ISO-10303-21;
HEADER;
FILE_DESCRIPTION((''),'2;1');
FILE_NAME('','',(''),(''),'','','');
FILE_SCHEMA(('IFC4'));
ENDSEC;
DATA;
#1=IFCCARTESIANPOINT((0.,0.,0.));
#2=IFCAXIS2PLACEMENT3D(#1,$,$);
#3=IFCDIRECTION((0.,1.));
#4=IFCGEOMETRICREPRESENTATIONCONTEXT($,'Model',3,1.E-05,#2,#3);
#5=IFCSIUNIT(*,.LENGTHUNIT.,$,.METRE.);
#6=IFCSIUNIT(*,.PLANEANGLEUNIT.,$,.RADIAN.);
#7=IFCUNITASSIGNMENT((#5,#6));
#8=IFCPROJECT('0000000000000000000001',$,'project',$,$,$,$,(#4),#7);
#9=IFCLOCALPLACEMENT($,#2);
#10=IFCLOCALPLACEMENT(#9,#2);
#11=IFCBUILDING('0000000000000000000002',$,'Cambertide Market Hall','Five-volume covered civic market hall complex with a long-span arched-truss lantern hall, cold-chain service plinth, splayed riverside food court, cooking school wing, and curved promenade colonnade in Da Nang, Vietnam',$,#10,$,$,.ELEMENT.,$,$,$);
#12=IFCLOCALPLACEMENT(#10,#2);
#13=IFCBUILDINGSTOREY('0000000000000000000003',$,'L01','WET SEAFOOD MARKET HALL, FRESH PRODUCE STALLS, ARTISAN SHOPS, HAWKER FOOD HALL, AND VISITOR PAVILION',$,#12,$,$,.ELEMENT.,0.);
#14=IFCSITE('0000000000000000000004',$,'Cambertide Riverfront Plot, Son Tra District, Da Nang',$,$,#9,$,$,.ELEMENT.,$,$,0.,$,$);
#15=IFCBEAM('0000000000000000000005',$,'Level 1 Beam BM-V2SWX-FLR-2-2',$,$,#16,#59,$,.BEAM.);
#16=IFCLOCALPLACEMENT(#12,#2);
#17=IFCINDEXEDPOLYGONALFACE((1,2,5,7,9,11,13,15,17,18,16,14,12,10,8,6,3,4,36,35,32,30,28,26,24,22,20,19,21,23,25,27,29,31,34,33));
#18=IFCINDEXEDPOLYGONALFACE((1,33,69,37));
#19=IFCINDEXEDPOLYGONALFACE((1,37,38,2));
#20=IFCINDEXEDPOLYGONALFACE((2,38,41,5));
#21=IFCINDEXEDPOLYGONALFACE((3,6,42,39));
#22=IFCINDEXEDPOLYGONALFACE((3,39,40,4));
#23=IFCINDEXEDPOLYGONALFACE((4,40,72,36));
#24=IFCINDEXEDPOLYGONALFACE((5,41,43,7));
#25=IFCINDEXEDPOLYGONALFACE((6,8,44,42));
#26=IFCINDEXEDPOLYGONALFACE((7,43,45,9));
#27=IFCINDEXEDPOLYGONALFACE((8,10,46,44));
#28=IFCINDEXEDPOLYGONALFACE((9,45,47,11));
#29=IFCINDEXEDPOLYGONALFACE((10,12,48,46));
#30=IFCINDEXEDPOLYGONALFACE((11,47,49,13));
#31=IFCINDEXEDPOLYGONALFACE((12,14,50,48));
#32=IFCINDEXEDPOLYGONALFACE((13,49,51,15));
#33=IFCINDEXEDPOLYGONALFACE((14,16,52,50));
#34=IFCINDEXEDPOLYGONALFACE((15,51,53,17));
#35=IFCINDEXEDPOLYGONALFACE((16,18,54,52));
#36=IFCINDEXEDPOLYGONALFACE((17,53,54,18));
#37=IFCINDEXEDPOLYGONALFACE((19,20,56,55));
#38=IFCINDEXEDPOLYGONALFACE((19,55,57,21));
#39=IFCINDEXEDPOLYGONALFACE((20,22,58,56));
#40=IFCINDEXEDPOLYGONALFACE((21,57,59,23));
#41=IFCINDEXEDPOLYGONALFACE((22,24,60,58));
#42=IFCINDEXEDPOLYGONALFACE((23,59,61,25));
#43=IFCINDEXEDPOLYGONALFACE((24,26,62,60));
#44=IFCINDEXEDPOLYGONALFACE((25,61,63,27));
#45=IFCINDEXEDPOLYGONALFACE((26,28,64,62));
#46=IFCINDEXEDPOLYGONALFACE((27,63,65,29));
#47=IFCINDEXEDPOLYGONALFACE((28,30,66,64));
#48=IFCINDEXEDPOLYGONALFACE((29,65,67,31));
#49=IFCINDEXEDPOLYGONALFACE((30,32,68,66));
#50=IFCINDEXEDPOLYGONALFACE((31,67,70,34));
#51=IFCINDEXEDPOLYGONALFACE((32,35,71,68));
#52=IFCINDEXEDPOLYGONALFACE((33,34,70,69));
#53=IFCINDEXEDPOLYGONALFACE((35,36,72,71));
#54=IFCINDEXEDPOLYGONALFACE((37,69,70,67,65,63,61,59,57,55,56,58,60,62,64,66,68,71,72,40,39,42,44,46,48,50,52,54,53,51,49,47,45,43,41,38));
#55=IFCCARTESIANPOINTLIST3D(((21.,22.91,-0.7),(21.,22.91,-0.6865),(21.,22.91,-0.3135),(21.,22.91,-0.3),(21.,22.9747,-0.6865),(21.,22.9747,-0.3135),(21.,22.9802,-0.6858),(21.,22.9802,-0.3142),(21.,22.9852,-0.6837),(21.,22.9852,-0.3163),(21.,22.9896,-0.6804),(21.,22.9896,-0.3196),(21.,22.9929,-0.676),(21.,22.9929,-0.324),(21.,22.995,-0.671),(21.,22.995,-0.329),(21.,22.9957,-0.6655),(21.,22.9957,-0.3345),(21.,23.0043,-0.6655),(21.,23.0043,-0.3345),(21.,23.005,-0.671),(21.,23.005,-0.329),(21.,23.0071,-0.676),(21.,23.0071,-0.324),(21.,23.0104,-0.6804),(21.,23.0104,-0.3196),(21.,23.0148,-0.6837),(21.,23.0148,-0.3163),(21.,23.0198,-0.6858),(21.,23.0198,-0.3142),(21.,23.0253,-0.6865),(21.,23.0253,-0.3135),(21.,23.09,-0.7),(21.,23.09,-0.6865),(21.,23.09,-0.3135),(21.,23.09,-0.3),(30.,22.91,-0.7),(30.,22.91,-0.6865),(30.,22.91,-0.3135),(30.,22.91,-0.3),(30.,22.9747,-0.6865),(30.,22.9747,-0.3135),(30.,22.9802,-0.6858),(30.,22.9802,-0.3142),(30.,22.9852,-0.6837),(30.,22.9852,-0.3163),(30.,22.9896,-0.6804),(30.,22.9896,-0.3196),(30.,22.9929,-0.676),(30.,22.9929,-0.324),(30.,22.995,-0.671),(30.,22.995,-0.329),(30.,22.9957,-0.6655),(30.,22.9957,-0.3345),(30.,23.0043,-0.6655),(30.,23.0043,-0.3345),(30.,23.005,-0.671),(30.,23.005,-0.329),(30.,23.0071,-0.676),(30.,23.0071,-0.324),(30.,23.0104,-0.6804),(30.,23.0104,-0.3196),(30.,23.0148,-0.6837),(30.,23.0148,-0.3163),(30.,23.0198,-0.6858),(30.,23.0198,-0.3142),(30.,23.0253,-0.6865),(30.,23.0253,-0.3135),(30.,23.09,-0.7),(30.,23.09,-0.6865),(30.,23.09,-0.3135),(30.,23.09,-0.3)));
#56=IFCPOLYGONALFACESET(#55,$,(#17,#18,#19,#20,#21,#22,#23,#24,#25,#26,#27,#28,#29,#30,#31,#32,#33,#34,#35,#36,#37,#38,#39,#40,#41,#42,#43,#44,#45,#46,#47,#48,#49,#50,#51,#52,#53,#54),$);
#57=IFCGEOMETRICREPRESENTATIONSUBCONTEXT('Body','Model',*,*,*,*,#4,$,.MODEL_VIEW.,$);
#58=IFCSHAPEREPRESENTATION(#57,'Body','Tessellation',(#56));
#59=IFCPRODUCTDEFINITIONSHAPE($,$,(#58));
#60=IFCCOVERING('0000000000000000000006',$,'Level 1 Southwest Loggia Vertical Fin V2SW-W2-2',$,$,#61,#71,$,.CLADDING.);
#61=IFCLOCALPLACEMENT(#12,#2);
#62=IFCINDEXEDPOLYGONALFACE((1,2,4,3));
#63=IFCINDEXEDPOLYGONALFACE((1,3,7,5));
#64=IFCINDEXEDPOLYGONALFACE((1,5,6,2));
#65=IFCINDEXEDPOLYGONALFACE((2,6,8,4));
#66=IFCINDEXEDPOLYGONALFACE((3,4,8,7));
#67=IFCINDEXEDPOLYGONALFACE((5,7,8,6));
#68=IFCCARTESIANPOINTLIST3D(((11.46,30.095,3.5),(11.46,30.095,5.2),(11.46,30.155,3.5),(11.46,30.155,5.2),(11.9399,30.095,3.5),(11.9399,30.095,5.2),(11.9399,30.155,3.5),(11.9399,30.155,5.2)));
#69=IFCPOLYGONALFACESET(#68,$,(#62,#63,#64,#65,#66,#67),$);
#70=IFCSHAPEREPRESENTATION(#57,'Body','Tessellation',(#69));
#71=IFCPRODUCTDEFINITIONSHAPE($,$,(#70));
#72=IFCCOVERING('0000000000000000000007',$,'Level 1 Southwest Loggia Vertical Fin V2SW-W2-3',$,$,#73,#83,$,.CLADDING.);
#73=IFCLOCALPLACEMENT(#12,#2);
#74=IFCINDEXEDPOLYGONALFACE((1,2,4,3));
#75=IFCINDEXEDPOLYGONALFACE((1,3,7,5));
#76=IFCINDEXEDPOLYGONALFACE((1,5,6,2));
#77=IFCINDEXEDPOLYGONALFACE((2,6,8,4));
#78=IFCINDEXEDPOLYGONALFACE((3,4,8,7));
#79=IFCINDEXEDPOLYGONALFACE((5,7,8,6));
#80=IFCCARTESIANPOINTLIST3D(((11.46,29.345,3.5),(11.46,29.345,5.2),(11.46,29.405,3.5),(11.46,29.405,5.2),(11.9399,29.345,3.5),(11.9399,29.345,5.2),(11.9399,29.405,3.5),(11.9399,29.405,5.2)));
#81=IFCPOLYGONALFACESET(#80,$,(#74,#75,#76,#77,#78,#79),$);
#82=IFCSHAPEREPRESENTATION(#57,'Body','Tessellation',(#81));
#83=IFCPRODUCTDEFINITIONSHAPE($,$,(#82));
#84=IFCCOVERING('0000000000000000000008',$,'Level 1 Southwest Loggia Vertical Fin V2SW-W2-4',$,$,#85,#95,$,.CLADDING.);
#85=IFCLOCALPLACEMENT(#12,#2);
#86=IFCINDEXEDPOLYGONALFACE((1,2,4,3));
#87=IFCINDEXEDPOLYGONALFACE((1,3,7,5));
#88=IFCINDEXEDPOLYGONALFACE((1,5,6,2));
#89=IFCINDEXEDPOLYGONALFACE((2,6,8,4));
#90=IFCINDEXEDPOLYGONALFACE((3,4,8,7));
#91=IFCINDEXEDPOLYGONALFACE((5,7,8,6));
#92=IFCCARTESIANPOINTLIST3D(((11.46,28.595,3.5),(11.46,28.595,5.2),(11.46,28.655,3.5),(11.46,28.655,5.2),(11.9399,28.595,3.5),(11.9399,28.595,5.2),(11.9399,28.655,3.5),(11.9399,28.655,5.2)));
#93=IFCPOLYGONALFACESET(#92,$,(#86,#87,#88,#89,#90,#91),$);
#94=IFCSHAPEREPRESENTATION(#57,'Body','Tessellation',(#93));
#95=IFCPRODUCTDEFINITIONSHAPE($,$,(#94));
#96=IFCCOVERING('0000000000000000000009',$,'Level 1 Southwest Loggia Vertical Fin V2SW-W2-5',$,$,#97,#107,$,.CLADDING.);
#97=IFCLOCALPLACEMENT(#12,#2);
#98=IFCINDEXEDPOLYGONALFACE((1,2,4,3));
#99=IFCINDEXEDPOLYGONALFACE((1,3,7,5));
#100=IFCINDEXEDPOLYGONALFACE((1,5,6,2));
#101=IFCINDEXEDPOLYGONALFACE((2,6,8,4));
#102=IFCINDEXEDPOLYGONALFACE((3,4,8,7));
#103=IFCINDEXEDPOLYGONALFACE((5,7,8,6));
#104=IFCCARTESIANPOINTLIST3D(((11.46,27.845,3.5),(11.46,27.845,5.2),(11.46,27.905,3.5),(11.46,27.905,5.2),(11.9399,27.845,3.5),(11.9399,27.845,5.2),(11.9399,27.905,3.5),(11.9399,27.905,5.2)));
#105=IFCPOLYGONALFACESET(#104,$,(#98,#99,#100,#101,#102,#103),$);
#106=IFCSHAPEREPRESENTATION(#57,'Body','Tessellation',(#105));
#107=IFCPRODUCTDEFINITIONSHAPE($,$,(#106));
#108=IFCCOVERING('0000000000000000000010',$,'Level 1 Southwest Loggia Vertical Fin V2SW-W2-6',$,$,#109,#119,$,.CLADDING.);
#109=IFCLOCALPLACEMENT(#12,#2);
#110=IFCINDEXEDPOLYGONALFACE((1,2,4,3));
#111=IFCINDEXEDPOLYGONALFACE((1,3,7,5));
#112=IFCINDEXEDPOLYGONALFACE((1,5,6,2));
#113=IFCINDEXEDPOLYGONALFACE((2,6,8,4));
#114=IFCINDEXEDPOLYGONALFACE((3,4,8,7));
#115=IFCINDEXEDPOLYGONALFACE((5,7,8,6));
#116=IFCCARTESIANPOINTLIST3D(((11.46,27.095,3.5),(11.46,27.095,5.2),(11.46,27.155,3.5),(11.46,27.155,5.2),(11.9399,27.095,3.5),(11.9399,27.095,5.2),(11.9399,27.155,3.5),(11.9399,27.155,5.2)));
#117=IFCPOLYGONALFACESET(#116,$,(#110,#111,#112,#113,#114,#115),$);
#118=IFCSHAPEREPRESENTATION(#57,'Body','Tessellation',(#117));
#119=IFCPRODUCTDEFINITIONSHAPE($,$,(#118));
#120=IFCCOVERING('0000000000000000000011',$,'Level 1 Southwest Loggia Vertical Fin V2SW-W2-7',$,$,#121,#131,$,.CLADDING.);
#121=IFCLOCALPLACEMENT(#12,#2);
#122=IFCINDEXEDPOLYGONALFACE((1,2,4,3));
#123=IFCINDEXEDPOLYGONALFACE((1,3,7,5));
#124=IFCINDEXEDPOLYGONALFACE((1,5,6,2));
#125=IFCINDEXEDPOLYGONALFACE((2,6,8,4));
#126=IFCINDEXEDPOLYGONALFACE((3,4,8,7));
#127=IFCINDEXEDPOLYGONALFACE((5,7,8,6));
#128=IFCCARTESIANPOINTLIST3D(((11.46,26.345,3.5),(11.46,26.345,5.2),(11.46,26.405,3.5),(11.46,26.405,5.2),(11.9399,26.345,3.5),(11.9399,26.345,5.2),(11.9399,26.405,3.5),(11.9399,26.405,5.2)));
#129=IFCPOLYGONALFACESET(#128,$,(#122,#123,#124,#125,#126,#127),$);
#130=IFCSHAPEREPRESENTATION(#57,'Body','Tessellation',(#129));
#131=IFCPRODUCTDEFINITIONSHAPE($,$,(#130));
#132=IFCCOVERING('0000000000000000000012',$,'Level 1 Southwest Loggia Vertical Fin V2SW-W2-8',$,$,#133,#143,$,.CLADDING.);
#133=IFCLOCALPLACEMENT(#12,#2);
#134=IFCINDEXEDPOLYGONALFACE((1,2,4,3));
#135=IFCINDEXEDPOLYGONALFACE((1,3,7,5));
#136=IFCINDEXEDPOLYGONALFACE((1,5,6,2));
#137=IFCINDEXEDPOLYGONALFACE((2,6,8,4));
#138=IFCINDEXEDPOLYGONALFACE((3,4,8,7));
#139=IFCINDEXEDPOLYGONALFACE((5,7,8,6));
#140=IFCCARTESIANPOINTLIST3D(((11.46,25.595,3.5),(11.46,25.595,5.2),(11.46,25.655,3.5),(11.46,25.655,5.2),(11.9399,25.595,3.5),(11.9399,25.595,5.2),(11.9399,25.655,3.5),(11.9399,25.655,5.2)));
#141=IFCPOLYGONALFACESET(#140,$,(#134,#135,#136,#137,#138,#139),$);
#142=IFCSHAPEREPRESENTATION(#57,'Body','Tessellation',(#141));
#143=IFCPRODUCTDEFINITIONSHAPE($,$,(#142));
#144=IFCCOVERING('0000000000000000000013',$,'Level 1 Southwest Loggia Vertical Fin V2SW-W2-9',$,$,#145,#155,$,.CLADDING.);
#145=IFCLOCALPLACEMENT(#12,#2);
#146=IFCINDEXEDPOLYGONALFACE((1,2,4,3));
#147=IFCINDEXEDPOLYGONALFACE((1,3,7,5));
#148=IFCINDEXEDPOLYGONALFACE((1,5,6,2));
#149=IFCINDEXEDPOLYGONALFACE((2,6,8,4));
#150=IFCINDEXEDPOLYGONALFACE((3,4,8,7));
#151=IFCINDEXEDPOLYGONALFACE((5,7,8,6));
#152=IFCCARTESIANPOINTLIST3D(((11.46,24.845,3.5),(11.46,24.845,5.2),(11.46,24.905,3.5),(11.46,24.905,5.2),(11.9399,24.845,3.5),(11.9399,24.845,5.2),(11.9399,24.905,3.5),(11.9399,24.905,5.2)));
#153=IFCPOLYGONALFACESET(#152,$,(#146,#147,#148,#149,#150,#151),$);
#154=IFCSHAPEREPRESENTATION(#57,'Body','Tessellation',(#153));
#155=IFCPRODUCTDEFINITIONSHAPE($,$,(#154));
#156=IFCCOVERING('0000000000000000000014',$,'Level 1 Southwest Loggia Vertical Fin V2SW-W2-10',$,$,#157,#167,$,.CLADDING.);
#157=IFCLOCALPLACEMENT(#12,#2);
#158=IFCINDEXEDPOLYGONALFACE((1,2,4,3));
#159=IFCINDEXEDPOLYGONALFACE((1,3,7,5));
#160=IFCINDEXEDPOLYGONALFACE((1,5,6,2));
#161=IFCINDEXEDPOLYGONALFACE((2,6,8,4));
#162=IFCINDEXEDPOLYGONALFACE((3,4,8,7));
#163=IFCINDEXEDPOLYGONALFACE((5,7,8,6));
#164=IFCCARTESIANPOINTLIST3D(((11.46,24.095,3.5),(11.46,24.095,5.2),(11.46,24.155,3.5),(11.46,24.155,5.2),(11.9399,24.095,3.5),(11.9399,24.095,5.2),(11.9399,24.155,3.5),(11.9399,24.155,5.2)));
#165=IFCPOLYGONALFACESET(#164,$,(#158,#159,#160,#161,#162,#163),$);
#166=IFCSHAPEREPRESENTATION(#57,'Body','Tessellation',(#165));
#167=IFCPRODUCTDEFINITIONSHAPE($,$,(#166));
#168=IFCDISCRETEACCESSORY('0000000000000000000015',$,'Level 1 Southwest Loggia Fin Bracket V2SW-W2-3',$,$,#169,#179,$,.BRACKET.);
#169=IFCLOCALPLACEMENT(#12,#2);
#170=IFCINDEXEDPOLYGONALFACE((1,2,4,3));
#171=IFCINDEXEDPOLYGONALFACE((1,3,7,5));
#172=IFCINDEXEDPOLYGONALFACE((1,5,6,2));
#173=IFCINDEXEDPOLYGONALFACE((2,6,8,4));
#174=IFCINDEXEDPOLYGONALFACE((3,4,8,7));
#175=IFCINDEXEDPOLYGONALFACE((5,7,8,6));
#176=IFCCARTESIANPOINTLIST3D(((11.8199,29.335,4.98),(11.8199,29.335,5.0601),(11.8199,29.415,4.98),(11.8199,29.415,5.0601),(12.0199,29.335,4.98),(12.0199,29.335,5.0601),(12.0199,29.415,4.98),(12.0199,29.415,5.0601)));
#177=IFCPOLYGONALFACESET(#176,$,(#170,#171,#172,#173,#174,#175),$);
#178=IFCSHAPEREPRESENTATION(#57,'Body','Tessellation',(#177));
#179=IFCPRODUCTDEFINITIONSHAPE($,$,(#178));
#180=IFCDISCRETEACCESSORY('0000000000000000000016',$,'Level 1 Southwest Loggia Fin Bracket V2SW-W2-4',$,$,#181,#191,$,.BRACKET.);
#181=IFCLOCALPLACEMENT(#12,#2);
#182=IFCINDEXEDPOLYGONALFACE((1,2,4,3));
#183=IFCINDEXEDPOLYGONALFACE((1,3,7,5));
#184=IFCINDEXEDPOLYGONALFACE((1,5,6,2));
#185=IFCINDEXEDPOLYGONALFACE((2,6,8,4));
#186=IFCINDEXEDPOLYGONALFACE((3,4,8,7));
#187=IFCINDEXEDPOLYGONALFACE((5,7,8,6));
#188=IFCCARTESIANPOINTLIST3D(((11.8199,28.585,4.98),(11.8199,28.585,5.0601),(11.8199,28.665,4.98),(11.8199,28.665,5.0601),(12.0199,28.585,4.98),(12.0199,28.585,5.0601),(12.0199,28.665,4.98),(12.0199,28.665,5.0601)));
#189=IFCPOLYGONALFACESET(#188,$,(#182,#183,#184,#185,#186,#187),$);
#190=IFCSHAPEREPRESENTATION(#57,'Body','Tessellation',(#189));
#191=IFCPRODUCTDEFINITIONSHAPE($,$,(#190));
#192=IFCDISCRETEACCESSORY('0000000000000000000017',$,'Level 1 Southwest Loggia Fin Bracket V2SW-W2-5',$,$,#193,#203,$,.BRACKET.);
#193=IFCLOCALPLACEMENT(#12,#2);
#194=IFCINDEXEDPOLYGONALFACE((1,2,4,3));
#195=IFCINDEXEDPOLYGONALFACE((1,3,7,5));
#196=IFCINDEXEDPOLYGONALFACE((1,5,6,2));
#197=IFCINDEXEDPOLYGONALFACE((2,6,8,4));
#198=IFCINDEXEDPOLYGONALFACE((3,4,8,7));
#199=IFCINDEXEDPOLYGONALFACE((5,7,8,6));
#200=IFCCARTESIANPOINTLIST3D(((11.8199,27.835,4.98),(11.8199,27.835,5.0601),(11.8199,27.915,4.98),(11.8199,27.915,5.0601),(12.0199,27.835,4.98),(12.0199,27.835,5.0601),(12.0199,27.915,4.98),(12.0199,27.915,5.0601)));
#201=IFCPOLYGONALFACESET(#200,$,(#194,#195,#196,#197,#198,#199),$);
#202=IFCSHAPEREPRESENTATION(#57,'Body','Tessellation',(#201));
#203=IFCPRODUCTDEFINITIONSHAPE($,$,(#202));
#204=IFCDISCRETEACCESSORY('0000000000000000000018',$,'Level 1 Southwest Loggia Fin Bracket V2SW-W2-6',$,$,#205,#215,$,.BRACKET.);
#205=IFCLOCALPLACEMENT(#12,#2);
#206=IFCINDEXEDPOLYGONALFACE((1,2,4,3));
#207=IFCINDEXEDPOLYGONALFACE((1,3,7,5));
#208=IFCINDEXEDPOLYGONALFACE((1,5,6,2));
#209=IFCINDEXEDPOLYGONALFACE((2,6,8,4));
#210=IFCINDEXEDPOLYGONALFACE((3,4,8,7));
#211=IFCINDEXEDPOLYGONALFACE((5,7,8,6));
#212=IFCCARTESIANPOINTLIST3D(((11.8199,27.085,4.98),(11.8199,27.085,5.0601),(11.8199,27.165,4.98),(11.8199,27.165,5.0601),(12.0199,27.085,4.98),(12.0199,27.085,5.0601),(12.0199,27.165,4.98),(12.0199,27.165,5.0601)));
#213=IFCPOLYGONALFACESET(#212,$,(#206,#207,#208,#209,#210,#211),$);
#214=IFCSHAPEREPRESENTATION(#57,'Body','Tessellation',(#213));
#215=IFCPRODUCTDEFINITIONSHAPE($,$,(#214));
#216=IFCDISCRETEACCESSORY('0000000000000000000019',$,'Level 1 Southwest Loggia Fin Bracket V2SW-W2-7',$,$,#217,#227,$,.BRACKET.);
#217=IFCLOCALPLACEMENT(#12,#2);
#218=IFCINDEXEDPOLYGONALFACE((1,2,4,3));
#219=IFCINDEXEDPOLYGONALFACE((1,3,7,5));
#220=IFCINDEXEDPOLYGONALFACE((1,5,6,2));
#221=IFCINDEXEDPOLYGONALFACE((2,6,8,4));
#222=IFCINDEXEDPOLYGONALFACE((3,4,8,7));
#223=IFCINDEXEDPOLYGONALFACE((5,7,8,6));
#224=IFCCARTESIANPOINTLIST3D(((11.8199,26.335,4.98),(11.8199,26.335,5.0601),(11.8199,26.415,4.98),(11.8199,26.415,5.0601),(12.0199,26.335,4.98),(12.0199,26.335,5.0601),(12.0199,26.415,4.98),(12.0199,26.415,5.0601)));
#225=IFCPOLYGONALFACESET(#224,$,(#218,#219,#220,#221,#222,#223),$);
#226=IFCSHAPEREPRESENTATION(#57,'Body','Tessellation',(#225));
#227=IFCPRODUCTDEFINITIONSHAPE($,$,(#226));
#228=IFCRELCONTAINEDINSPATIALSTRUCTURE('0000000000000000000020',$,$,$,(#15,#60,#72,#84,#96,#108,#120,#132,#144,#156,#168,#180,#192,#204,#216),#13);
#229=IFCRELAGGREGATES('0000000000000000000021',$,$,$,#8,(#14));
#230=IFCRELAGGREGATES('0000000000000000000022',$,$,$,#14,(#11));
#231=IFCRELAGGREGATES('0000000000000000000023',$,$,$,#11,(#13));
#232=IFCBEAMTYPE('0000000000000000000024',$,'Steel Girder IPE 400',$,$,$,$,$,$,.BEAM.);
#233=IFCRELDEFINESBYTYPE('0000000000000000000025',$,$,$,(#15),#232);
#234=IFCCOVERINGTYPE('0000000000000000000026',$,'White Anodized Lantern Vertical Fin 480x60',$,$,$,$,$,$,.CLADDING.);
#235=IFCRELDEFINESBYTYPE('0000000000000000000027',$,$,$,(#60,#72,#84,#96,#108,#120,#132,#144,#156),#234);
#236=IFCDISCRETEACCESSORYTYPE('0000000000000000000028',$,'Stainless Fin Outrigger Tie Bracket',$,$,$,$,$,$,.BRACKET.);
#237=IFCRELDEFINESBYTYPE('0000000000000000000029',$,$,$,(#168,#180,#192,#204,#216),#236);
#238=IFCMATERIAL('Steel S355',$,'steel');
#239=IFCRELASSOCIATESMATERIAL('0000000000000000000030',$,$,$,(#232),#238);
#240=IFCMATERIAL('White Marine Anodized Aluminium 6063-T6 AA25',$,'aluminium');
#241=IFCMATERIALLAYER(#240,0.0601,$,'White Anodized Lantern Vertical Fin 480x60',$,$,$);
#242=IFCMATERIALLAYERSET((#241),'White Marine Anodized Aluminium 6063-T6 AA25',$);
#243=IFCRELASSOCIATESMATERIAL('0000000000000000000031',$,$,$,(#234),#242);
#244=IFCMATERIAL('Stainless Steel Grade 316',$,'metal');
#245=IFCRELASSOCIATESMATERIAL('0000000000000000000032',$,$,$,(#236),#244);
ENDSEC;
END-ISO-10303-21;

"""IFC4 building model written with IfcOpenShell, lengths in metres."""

from ifc_helpers import new_model, si_unit, direction, frame, origin, origin_2d, place, context, subcontext, project, spatial, rectangle, i_section, extrude, material, layer, layer_set, material_profile, profile_set, type_object, element, save


model = new_model("IFC4")

# Units and contexts
model_context = context("Model", 3, precision=1e-05, world=origin(), true_north=direction((0.0, 1.0)))
body_context = subcontext(model_context, "Body", "Model", "MODEL_VIEW")
ifc_project = project(units=[si_unit("LENGTHUNIT", "METRE"), si_unit("PLANEANGLEUNIT", "RADIAN")], contexts=[model_context])

# Site, building, storey
site_placement = place(None, origin())
site = spatial("IfcSite", under=ifc_project, at=site_placement, Name="Cambertide Riverfront Plot, Son Tra District, Da Nang", CompositionType="ELEMENT", RefElevation=0.0)
building_placement = place(site_placement, origin())
building = spatial("IfcBuilding", under=site, at=building_placement, Name="Cambertide Market Hall", Description="Five-volume covered civic market hall complex with a long-span arched-truss lantern hall, cold-chain service plinth, splayed riverside food court, cooking school wing, and curved promenade colonnade in Da Nang, Vietnam", CompositionType="ELEMENT")
storey_placement = place(building_placement, origin())
storey = spatial("IfcBuildingStorey", under=building, at=storey_placement, Name="L01", Description="WET SEAFOOD MARKET HALL, FRESH PRODUCE STALLS, ARTISAN SHOPS, HAWKER FOOD HALL, AND VISITOR PAVILION", CompositionType="ELEMENT", Elevation=0.0)

# Beam
ifc_material_1 = material(Name="Steel S355", Category="steel")
ifc_material_profile_1 = material_profile(ifc_material_1, i_section(OverallWidth=0.1799, OverallDepth=0.3999, WebThickness=0.0085, FlangeThickness=0.0134, FilletRadius=0.021, at=origin_2d()), Name="IPE 400")
ifc_profile_set_1 = profile_set([ifc_material_profile_1], Name="Steel S355")
beam_type_1 = type_object("IfcBeamType", Name="Steel Girder IPE 400", PredefinedType="BEAM", material=ifc_profile_set_1)
for number, where, z_axis, x_axis, name in (
    (1, (21.0, 23.0, -0.5), (1.0, 0.0, 0.0), (0.0, 1.0, 0.0), "Level 1 Beam BM-V2SWX-FLR-2-2"),
):
    element("IfcBeam", number, at=place(storey_placement, frame(where, z_axis=z_axis, x_axis=x_axis)), inside=storey, type_object=beam_type_1, Name=name, PredefinedType="BEAM", context=body_context, shape_type="SweptSolid", body=[
        extrude(i_section(OverallWidth=0.1799, OverallDepth=0.3999, WebThickness=0.0085, FlangeThickness=0.0134, FilletRadius=0.021, at=origin_2d()), origin(), (0.0, 0.0, 1.0), 9.0),
    ])

# Coverings
ifc_material_2 = material(Name="White Marine Anodized Aluminium 6063-T6 AA25", Category="aluminium")
ifc_layer = layer(ifc_material_2, 0.0601, Name="White Anodized Lantern Vertical Fin 480x60")
ifc_layer_set = layer_set([ifc_layer], Name="White Marine Anodized Aluminium 6063-T6 AA25")
covering_type = type_object("IfcCoveringType", Name="White Anodized Lantern Vertical Fin 480x60", PredefinedType="CLADDING", material=ifc_layer_set)
for number, where, z_axis, x_axis, name in (
    (2, (11.7, 30.125, 3.5), (0.0, 0.0, 1.0), (0.0, 1.0, 0.0), "Level 1 Southwest Loggia Vertical Fin V2SW-W2-2"),
    (3, (11.7, 29.375, 3.5), (0.0, 0.0, 1.0), (0.0, 1.0, 0.0), "Level 1 Southwest Loggia Vertical Fin V2SW-W2-3"),
    (4, (11.7, 28.625, 3.5), (0.0, 0.0, 1.0), (0.0, 1.0, 0.0), "Level 1 Southwest Loggia Vertical Fin V2SW-W2-4"),
    (5, (11.7, 27.875, 3.5), (0.0, 0.0, 1.0), (0.0, 1.0, 0.0), "Level 1 Southwest Loggia Vertical Fin V2SW-W2-5"),
    (6, (11.7, 27.125, 3.5), (0.0, 0.0, 1.0), (0.0, 1.0, 0.0), "Level 1 Southwest Loggia Vertical Fin V2SW-W2-6"),
    (7, (11.7, 26.375, 3.5), (0.0, 0.0, 1.0), (0.0, 1.0, 0.0), "Level 1 Southwest Loggia Vertical Fin V2SW-W2-7"),
    (8, (11.7, 25.625, 3.5), (0.0, 0.0, 1.0), (0.0, 1.0, 0.0), "Level 1 Southwest Loggia Vertical Fin V2SW-W2-8"),
    (9, (11.7, 24.875, 3.5), (0.0, 0.0, 1.0), (0.0, 1.0, 0.0), "Level 1 Southwest Loggia Vertical Fin V2SW-W2-9"),
    (10, (11.7, 24.125, 3.5), (0.0, 0.0, 1.0), (0.0, 1.0, 0.0), "Level 1 Southwest Loggia Vertical Fin V2SW-W2-10"),
):
    element("IfcCovering", number, at=place(storey_placement, frame(where, z_axis=z_axis, x_axis=x_axis)), inside=storey, type_object=covering_type, Name=name, PredefinedType="CLADDING", context=body_context, shape_type="SweptSolid", body=[
        extrude(rectangle(XDim=0.0601, YDim=0.48, at=origin_2d()), origin(), (0.0, 0.0, 1.0), 1.7),
    ])

# Discrete accessories
ifc_material_3 = material(Name="Stainless Steel Grade 316", Category="metal")
discrete_accessory_type = type_object("IfcDiscreteAccessoryType", Name="Stainless Fin Outrigger Tie Bracket", PredefinedType="BRACKET", material=ifc_material_3)
for number, where, z_axis, x_axis, name in (
    (11, (11.9199, 29.375, 4.98), (0.0, 0.0, 1.0), (0.0, 1.0, 0.0), "Level 1 Southwest Loggia Fin Bracket V2SW-W2-3"),
    (12, (11.9199, 28.625, 4.98), (0.0, 0.0, 1.0), (0.0, 1.0, 0.0), "Level 1 Southwest Loggia Fin Bracket V2SW-W2-4"),
    (13, (11.9199, 27.875, 4.98), (0.0, 0.0, 1.0), (0.0, 1.0, 0.0), "Level 1 Southwest Loggia Fin Bracket V2SW-W2-5"),
    (14, (11.9199, 27.125, 4.98), (0.0, 0.0, 1.0), (0.0, 1.0, 0.0), "Level 1 Southwest Loggia Fin Bracket V2SW-W2-6"),
    (15, (11.9199, 26.375, 4.98), (0.0, 0.0, 1.0), (0.0, 1.0, 0.0), "Level 1 Southwest Loggia Fin Bracket V2SW-W2-7"),
):
    element("IfcDiscreteAccessory", number, at=place(storey_placement, frame(where, z_axis=z_axis, x_axis=x_axis)), inside=storey, type_object=discrete_accessory_type, Name=name, PredefinedType="BRACKET", context=body_context, shape_type="SweptSolid", body=[
        extrude(rectangle(XDim=0.0801, YDim=0.2, at=origin_2d()), origin(), (0.0, 0.0, 1.0), 0.0801),
    ])

save(model, "model.ifc")
